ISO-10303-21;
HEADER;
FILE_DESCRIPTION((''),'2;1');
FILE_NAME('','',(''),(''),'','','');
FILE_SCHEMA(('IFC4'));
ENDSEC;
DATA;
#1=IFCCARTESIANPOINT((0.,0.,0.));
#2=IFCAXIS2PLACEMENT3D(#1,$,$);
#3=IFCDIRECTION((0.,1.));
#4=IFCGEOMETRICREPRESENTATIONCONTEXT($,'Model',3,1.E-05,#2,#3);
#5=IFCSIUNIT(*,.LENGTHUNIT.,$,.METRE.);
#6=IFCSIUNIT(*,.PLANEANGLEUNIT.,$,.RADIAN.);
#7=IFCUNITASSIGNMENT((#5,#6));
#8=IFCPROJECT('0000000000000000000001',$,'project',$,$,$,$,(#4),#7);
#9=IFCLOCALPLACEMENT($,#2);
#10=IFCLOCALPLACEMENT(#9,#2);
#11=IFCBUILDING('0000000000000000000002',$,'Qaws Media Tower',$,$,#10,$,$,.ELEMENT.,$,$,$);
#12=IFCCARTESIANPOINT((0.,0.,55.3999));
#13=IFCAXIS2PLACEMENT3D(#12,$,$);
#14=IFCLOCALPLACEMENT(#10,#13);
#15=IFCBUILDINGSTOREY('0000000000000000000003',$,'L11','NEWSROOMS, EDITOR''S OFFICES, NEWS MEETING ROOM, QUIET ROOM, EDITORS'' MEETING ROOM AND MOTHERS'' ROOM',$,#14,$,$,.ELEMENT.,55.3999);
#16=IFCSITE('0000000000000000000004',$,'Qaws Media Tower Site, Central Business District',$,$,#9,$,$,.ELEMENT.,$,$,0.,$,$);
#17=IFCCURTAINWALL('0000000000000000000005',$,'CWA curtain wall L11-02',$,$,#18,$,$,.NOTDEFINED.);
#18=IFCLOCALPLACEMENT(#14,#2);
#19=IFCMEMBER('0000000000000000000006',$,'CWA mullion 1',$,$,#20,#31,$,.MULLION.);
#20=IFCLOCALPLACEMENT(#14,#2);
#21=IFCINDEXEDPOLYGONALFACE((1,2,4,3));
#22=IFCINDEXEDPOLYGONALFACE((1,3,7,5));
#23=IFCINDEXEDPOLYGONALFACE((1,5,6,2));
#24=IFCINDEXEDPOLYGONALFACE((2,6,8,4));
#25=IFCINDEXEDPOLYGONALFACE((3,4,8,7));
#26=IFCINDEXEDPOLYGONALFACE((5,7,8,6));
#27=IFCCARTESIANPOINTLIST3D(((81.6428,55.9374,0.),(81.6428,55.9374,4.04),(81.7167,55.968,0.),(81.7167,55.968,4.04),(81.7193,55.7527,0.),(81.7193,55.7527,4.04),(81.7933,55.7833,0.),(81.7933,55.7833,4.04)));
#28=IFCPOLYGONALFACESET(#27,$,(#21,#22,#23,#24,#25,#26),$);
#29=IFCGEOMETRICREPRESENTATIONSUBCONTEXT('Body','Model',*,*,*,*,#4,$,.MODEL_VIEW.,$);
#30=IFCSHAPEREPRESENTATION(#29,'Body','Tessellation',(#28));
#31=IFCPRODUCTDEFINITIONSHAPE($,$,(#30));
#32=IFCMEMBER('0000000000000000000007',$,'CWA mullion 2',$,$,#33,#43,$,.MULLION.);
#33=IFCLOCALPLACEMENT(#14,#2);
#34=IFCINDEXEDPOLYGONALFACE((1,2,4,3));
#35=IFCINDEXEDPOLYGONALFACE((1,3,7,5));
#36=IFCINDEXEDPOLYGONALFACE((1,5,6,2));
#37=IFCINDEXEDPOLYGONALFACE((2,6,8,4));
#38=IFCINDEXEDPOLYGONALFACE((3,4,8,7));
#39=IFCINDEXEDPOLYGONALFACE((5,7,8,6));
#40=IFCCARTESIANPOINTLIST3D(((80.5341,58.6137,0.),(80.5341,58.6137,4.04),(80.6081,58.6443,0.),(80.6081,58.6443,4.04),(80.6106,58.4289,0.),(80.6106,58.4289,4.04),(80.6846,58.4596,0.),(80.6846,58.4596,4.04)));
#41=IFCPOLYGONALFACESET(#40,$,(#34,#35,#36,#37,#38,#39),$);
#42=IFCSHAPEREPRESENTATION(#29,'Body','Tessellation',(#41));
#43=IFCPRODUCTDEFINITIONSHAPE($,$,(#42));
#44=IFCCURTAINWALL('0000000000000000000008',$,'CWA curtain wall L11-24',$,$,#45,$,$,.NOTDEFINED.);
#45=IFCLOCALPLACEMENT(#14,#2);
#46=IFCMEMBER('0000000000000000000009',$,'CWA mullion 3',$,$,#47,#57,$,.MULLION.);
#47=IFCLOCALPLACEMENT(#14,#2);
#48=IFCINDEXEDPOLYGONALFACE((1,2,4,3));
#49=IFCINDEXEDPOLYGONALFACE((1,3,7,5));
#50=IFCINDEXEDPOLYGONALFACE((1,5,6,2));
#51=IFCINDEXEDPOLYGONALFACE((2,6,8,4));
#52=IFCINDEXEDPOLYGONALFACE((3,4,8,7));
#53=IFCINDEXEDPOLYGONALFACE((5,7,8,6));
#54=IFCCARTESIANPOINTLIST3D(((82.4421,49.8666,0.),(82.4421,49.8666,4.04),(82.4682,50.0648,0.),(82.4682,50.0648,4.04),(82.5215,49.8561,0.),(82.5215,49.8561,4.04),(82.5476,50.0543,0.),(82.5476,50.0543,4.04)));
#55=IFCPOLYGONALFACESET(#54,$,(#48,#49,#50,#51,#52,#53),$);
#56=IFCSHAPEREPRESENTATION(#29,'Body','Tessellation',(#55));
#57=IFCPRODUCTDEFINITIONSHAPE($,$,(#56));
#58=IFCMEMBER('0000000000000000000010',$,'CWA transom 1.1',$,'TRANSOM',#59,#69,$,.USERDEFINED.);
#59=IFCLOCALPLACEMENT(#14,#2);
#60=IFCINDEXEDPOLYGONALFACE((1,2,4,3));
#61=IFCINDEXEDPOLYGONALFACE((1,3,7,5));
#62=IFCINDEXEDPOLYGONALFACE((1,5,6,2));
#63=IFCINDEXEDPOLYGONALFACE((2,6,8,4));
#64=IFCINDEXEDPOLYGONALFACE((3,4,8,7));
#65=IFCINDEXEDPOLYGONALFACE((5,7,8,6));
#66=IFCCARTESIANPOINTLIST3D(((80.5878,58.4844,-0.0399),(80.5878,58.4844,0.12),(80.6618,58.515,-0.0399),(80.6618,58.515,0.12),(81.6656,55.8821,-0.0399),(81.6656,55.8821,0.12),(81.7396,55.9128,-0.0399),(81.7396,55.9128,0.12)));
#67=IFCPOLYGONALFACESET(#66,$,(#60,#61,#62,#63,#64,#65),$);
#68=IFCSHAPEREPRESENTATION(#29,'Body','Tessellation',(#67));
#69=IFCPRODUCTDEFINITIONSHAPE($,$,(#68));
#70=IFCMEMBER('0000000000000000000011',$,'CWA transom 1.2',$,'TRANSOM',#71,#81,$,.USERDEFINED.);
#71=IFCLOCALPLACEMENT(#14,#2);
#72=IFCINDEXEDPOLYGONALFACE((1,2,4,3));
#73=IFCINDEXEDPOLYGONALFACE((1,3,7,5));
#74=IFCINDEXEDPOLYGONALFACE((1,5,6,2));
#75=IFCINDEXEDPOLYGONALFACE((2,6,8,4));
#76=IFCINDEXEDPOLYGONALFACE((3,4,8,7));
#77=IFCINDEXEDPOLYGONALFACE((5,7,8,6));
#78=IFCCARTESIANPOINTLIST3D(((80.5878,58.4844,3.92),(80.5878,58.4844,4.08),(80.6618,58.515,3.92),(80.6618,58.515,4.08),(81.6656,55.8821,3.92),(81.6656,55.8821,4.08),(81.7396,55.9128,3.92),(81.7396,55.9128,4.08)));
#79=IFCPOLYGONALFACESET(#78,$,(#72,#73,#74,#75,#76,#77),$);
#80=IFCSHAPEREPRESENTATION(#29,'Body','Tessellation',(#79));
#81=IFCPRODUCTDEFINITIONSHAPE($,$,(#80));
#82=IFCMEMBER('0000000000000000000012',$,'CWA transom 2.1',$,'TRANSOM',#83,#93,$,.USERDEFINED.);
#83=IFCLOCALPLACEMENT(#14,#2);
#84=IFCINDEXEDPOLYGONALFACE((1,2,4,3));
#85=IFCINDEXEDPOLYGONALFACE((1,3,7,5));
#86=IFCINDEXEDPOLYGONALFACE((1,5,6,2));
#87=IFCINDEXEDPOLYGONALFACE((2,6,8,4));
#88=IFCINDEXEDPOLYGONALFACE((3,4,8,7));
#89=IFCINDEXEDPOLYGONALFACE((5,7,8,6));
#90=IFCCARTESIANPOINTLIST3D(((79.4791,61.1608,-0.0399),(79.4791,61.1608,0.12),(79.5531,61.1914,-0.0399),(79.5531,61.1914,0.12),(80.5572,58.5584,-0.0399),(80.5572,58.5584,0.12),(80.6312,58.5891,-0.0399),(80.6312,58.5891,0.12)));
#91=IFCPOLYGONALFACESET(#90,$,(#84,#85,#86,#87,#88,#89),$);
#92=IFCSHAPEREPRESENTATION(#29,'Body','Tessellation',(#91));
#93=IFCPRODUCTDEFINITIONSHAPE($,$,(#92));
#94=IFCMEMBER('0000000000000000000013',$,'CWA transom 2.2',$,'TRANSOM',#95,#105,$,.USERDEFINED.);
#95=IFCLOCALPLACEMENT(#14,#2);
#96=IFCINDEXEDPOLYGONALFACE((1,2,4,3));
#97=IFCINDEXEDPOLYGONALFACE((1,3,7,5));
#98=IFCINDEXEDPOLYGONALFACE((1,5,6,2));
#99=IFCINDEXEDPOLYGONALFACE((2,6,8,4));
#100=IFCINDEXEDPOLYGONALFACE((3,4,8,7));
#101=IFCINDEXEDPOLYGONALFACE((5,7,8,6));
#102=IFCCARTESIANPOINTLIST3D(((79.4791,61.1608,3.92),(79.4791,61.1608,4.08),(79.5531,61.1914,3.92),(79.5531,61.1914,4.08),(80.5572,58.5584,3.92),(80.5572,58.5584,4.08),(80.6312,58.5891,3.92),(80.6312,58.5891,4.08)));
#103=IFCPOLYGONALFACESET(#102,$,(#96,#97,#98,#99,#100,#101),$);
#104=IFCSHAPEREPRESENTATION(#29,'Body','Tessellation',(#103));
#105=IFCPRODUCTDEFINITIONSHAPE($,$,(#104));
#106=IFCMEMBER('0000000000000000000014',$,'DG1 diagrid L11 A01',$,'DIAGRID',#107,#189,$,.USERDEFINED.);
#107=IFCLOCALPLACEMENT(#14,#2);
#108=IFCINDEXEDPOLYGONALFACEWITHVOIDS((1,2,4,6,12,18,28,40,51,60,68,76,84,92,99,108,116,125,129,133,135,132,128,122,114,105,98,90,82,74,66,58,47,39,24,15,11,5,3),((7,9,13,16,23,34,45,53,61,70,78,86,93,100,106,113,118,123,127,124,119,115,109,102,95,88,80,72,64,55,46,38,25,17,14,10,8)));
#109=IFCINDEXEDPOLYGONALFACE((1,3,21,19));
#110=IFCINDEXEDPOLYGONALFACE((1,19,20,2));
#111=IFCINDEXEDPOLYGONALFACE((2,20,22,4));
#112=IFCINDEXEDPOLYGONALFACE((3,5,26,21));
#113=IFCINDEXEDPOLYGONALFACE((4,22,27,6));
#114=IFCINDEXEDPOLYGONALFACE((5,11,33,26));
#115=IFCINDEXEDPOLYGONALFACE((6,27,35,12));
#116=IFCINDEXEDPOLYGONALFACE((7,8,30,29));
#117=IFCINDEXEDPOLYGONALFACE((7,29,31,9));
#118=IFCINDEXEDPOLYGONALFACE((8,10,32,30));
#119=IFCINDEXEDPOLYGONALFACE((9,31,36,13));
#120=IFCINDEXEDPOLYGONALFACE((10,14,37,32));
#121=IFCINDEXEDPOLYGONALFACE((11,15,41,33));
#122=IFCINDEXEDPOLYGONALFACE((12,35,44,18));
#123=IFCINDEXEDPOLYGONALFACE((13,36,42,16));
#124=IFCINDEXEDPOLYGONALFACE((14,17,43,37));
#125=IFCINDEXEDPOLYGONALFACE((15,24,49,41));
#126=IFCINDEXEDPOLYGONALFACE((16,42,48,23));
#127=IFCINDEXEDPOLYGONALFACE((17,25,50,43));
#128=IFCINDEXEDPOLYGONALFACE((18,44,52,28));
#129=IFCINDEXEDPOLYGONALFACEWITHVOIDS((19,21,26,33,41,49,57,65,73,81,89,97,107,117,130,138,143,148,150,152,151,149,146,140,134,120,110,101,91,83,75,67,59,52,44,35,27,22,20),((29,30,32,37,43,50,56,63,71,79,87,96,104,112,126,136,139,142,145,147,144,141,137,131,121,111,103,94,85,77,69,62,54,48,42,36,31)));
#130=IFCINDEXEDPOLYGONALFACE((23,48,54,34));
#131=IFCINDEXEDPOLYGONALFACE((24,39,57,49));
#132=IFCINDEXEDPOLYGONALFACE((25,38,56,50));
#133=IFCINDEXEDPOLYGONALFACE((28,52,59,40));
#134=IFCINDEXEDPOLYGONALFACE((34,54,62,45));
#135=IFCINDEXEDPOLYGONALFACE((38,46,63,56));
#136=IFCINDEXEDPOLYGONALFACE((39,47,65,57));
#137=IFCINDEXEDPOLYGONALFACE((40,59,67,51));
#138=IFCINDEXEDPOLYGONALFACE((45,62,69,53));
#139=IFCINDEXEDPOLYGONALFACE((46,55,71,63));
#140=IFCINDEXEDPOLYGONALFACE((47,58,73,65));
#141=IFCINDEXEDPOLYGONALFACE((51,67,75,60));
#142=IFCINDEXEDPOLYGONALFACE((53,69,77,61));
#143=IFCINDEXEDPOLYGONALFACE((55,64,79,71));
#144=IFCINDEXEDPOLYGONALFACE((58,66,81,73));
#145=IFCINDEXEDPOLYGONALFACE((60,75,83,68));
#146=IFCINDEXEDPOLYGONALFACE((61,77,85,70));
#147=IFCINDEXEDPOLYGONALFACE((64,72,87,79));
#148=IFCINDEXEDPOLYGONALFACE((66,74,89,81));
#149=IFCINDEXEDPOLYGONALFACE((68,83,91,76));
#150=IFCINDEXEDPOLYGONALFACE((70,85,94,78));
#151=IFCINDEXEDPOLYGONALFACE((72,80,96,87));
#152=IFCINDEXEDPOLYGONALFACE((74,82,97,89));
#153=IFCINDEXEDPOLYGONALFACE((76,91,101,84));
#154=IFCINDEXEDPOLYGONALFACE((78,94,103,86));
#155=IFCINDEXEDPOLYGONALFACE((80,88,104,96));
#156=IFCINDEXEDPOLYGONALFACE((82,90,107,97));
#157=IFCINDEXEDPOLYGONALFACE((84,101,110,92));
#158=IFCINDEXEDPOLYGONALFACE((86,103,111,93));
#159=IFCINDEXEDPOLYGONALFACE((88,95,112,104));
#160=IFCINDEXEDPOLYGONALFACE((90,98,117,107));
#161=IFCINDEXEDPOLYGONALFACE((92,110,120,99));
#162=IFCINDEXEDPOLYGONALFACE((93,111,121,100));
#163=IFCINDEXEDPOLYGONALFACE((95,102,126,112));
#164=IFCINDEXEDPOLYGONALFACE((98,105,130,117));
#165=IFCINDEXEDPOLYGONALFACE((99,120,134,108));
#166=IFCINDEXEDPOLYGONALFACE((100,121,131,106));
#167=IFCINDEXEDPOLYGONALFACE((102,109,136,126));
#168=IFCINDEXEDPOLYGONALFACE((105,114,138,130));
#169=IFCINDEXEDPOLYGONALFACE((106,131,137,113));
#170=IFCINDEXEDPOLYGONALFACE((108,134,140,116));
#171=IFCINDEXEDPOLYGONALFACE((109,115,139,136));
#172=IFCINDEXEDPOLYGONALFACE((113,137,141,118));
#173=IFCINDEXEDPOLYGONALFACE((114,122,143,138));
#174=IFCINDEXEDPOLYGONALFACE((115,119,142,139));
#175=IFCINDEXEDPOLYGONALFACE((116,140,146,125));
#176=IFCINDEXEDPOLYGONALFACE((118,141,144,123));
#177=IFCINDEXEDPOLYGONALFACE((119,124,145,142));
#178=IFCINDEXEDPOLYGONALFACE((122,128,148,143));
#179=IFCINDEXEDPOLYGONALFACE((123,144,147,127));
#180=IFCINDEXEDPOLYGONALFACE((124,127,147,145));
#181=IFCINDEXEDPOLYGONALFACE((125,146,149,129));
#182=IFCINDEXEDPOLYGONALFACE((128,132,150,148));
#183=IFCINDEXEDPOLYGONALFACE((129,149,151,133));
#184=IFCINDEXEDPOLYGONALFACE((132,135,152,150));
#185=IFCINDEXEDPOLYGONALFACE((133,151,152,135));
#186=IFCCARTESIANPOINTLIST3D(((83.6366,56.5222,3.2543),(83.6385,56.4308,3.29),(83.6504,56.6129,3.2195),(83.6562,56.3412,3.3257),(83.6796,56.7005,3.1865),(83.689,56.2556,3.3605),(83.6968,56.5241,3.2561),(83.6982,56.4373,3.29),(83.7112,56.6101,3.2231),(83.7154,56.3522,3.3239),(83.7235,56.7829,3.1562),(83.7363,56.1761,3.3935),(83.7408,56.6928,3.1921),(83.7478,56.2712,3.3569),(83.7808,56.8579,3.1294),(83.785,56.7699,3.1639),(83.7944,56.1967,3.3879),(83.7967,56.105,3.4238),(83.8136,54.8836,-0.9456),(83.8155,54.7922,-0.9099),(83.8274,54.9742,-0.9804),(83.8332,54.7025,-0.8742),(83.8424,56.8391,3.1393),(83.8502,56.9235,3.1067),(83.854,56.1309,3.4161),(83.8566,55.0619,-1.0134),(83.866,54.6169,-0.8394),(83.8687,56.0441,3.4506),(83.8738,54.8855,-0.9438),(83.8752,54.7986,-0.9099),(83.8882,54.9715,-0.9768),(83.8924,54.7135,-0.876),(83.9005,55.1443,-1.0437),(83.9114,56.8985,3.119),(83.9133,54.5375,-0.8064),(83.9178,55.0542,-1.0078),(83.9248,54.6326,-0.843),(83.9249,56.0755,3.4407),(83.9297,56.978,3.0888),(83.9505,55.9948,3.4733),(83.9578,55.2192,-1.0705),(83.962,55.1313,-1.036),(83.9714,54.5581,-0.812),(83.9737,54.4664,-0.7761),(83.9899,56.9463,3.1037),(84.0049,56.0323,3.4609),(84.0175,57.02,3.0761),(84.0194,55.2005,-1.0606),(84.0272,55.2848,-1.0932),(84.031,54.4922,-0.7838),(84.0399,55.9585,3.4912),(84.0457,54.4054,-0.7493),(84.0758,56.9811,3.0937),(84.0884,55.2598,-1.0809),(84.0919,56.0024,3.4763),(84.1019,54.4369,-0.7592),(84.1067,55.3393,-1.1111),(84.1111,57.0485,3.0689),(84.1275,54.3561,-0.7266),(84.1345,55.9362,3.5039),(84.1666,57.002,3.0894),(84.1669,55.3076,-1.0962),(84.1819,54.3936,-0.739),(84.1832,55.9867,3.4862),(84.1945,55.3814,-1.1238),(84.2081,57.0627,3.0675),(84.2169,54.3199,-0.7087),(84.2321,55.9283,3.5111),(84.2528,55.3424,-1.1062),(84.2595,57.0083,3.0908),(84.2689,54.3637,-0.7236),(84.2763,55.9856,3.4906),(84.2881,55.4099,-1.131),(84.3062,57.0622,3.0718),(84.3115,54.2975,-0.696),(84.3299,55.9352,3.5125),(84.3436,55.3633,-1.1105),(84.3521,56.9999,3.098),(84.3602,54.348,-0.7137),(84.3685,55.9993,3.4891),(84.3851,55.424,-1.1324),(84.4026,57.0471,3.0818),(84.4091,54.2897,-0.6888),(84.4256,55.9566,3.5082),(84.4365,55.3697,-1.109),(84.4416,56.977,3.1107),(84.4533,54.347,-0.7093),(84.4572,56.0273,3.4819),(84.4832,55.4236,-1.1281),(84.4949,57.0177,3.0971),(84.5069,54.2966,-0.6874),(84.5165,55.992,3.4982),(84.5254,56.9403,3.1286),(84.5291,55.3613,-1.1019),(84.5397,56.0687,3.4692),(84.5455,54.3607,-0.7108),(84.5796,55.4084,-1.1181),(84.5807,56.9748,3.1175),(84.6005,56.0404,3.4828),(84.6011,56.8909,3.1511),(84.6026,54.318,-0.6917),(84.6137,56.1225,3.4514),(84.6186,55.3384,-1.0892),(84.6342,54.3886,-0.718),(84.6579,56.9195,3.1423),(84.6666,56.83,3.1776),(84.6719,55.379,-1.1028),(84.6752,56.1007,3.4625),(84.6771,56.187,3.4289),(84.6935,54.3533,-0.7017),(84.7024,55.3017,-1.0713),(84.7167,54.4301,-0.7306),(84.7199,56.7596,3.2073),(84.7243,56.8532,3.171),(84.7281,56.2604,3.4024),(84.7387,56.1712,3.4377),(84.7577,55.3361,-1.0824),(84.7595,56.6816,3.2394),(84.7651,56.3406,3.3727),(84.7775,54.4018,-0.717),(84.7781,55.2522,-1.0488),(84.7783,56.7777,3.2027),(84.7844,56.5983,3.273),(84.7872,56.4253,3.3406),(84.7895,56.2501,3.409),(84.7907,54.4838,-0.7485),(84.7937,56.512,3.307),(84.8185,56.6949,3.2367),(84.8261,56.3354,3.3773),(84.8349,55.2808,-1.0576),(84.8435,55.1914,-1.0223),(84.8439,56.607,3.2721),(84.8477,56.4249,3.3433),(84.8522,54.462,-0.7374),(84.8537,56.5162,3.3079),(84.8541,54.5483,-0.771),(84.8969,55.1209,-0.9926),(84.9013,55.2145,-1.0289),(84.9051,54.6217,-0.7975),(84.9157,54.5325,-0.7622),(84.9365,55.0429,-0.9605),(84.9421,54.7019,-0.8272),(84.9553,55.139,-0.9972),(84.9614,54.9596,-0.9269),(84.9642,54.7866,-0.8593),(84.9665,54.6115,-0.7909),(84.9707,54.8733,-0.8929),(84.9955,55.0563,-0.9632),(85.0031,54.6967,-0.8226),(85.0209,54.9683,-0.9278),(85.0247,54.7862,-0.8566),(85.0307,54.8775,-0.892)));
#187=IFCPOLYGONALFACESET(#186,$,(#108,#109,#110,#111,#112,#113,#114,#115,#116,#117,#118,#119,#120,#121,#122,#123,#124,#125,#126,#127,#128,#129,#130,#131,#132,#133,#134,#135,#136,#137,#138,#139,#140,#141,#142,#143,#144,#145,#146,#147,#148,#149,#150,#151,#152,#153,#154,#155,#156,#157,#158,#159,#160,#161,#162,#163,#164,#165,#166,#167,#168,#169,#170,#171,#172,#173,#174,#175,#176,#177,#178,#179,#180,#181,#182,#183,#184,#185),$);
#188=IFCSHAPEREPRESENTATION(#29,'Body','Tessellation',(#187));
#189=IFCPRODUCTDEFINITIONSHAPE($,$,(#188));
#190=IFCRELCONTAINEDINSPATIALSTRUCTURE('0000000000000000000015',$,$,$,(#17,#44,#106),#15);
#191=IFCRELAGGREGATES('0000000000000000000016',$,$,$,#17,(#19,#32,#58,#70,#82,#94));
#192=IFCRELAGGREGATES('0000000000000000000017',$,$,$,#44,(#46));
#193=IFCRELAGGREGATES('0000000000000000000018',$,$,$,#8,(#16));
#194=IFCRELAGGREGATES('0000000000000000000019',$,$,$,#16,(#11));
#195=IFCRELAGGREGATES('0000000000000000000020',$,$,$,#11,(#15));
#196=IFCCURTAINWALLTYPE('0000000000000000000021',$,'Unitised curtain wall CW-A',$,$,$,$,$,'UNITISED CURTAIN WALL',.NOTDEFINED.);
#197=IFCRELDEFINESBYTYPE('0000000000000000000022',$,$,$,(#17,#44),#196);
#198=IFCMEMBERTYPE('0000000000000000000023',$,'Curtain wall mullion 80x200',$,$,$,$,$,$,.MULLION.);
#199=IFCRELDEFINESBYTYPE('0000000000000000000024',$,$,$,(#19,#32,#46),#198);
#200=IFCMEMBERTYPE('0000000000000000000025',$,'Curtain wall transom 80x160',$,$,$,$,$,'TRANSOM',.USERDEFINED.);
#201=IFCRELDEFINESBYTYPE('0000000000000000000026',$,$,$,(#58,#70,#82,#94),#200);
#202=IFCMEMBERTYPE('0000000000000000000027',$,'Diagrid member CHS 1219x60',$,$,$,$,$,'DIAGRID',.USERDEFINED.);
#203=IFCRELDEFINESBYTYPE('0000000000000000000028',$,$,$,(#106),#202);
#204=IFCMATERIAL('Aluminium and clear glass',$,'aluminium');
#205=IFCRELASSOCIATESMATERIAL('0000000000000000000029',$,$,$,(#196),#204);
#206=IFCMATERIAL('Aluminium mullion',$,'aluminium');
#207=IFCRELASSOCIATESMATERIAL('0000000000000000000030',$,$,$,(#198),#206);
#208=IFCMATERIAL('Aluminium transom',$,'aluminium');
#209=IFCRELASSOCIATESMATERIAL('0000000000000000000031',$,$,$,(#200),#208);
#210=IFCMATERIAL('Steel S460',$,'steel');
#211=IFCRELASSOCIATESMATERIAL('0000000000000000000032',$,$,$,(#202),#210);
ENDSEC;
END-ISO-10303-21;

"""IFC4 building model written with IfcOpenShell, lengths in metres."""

from ifc_helpers import new_model, si_unit, direction, frame, origin, origin_2d, place, context, subcontext, project, spatial, rectangle, hollow_circle, extrude, material, material_profile, profile_set, type_object, element, aggregate, save


model = new_model("IFC4")

# Units and contexts
model_context = context("Model", 3, precision=1e-05, world=origin(), true_north=direction((0.0, 1.0)))
body_context = subcontext(model_context, "Body", "Model", "MODEL_VIEW")
ifc_project = project(units=[si_unit("LENGTHUNIT", "METRE"), si_unit("PLANEANGLEUNIT", "RADIAN")], contexts=[model_context])

# Site, building, storey
site_placement = place(None, origin())
site = spatial("IfcSite", under=ifc_project, at=site_placement, Name="Qaws Media Tower Site, Central Business District", CompositionType="ELEMENT", RefElevation=0.0)
building_placement = place(site_placement, origin())
building = spatial("IfcBuilding", under=site, at=building_placement, Name="Qaws Media Tower", CompositionType="ELEMENT")
storey_placement = place(building_placement, frame((0.0, 0.0, 55.3999)))
storey = spatial("IfcBuildingStorey", under=building, at=storey_placement, Name="L11", Description="NEWSROOMS, EDITOR'S OFFICES, NEWS MEETING ROOM, QUIET ROOM, EDITORS' MEETING ROOM AND MOTHERS' ROOM", CompositionType="ELEMENT", Elevation=55.3999)

# Curtain wall, members
ifc_material_1 = material(Name="Aluminium and clear glass", Category="aluminium")
curtain_wall_type = type_object("IfcCurtainWallType", Name="Unitised curtain wall CW-A", ElementType="UNITISED CURTAIN WALL", PredefinedType="NOTDEFINED", material=ifc_material_1)
curtain_wall_1_placement = place(storey_placement, origin())
curtain_wall_1 = element("IfcCurtainWall", 1, at=curtain_wall_1_placement, inside=storey, type_object=curtain_wall_type, Name="CWA curtain wall L11-02", PredefinedType="NOTDEFINED")
ifc_material_2 = material(Name="Aluminium mullion", Category="aluminium")
ifc_material_profile_1 = material_profile(ifc_material_2, rectangle(XDim=0.0801, YDim=0.2, at=origin_2d()), Name="80x200")
ifc_profile_set_1 = profile_set([ifc_material_profile_1], Name="Aluminium mullion")
member_type_1 = type_object("IfcMemberType", Name="Curtain wall mullion 80x200", PredefinedType="MULLION", material=ifc_profile_set_1)
member_1_placement = place(storey_placement, frame((81.718, 55.8604, 0.0), z_axis=(0.0, 0.0, 1.0), x_axis=(-0.92388, -0.382683, 0.0)))
member_1 = element("IfcMember", 2, at=member_1_placement, type_object=member_type_1, Name="CWA mullion 1", PredefinedType="MULLION", context=body_context, shape_type="SweptSolid", body=[
    extrude(rectangle(XDim=0.0801, YDim=0.2, at=origin_2d()), origin(), (0.0, 0.0, 1.0), 4.04),
])
member_2_placement = place(storey_placement, frame((80.6094, 58.5366, 0.0), z_axis=(0.0, 0.0, 1.0), x_axis=(-0.92388, -0.382683, 0.0)))
member_2 = element("IfcMember", 3, at=member_2_placement, type_object=member_type_1, Name="CWA mullion 2", PredefinedType="MULLION", context=body_context, shape_type="SweptSolid", body=[
    extrude(rectangle(XDim=0.0801, YDim=0.2, at=origin_2d()), origin(), (0.0, 0.0, 1.0), 4.04),
])

# Curtain wall, member
curtain_wall_2_placement = place(storey_placement, origin())
curtain_wall_2 = element("IfcCurtainWall", 4, at=curtain_wall_2_placement, inside=storey, type_object=curtain_wall_type, Name="CWA curtain wall L11-24", PredefinedType="NOTDEFINED")
member_3_placement = place(storey_placement, frame((82.4949, 49.9604, 0.0), z_axis=(0.0, 0.0, 1.0), x_axis=(-0.991445, 0.130526, 0.0)))
member_3 = element("IfcMember", 5, at=member_3_placement, type_object=member_type_1, Name="CWA mullion 3", PredefinedType="MULLION", context=body_context, shape_type="SweptSolid", body=[
    extrude(rectangle(XDim=0.0801, YDim=0.2, at=origin_2d()), origin(), (0.0, 0.0, 1.0), 4.04),
])

# Members
ifc_material_3 = material(Name="Aluminium transom", Category="aluminium")
ifc_material_profile_2 = material_profile(ifc_material_3, rectangle(XDim=0.0801, YDim=0.1599, at=origin_2d()), Name="80x160")
ifc_profile_set_2 = profile_set([ifc_material_profile_2], Name="Aluminium transom")
member_type_2 = type_object("IfcMemberType", Name="Curtain wall transom 80x160", ElementType="TRANSOM", PredefinedType="USERDEFINED", material=ifc_profile_set_2)
member_4_placement = place(storey_placement, frame((81.7026, 55.8975, 0.04), z_axis=(-0.382676, 0.923883, 0.0), x_axis=(-0.923883, -0.382676, 0.0)))
member_4 = element("IfcMember", 6, at=member_4_placement, type_object=member_type_2, Name="CWA transom 1.1", ObjectType="TRANSOM", PredefinedType="USERDEFINED", context=body_context, shape_type="SweptSolid", body=[
    extrude(rectangle(XDim=0.0801, YDim=0.1599, at=origin_2d()), origin(), (0.0, 0.0, 1.0), 2.8167),
])
member_5_placement = place(storey_placement, frame((81.7026, 55.8975, 4.0), z_axis=(-0.382676, 0.923883, 0.0), x_axis=(-0.923883, -0.382676, 0.0)))
member_5 = element("IfcMember", 7, at=member_5_placement, type_object=member_type_2, Name="CWA transom 1.2", ObjectType="TRANSOM", PredefinedType="USERDEFINED", context=body_context, shape_type="SweptSolid", body=[
    extrude(rectangle(XDim=0.0801, YDim=0.1599, at=origin_2d()), origin(), (0.0, 0.0, 1.0), 2.8167),
])
member_6_placement = place(storey_placement, frame((80.5942, 58.5737, 0.04), z_axis=(-0.38275, 0.923852, 0.0), x_axis=(-0.923852, -0.38275, 0.0)))
member_6 = element("IfcMember", 8, at=member_6_placement, type_object=member_type_2, Name="CWA transom 2.1", ObjectType="TRANSOM", PredefinedType="USERDEFINED", context=body_context, shape_type="SweptSolid", body=[
    extrude(rectangle(XDim=0.0801, YDim=0.1599, at=origin_2d()), origin(), (0.0, 0.0, 1.0), 2.8169),
])
member_7_placement = place(storey_placement, frame((80.5942, 58.5737, 4.0), z_axis=(-0.38275, 0.923852, 0.0), x_axis=(-0.923852, -0.38275, 0.0)))
member_7 = element("IfcMember", 9, at=member_7_placement, type_object=member_type_2, Name="CWA transom 2.2", ObjectType="TRANSOM", PredefinedType="USERDEFINED", context=body_context, shape_type="SweptSolid", body=[
    extrude(rectangle(XDim=0.0801, YDim=0.1599, at=origin_2d()), origin(), (0.0, 0.0, 1.0), 2.8169),
])

# Member
ifc_material_4 = material(Name="Steel S460", Category="steel")
ifc_material_profile_3 = material_profile(ifc_material_4, hollow_circle(Radius=0.6096, WallThickness=0.0601, at=origin_2d()), Name="CHS 1219x60")
ifc_profile_set_3 = profile_set([ifc_material_profile_3], Name="Steel S460")
member_type_3 = type_object("IfcMemberType", Name="Diagrid member CHS 1219x60", ElementType="DIAGRID", PredefinedType="USERDEFINED", material=ifc_profile_set_3)
for number, where, z_axis, x_axis, name in (
    (10, (84.4216, 54.8577, -0.9099), (-0.039231, 0.363198, 0.930885), (-0.994217, -0.107391, 0.0), "DG1 diagrid L11 A01"),
):
    element("IfcMember", number, at=place(storey_placement, frame(where, z_axis=z_axis, x_axis=x_axis)), inside=storey, type_object=member_type_3, Name=name, ObjectType="DIAGRID", PredefinedType="USERDEFINED", context=body_context, shape_type="SweptSolid", body=[
        extrude(hollow_circle(Radius=0.6096, WallThickness=0.0601, at=origin_2d()), origin(), (0.0, 0.0, 1.0), 4.5117),
    ])

aggregate(curtain_wall_1, [member_1, member_2, member_4, member_5, member_6, member_7])
aggregate(curtain_wall_2, [member_3])

save(model, "model.ifc")
